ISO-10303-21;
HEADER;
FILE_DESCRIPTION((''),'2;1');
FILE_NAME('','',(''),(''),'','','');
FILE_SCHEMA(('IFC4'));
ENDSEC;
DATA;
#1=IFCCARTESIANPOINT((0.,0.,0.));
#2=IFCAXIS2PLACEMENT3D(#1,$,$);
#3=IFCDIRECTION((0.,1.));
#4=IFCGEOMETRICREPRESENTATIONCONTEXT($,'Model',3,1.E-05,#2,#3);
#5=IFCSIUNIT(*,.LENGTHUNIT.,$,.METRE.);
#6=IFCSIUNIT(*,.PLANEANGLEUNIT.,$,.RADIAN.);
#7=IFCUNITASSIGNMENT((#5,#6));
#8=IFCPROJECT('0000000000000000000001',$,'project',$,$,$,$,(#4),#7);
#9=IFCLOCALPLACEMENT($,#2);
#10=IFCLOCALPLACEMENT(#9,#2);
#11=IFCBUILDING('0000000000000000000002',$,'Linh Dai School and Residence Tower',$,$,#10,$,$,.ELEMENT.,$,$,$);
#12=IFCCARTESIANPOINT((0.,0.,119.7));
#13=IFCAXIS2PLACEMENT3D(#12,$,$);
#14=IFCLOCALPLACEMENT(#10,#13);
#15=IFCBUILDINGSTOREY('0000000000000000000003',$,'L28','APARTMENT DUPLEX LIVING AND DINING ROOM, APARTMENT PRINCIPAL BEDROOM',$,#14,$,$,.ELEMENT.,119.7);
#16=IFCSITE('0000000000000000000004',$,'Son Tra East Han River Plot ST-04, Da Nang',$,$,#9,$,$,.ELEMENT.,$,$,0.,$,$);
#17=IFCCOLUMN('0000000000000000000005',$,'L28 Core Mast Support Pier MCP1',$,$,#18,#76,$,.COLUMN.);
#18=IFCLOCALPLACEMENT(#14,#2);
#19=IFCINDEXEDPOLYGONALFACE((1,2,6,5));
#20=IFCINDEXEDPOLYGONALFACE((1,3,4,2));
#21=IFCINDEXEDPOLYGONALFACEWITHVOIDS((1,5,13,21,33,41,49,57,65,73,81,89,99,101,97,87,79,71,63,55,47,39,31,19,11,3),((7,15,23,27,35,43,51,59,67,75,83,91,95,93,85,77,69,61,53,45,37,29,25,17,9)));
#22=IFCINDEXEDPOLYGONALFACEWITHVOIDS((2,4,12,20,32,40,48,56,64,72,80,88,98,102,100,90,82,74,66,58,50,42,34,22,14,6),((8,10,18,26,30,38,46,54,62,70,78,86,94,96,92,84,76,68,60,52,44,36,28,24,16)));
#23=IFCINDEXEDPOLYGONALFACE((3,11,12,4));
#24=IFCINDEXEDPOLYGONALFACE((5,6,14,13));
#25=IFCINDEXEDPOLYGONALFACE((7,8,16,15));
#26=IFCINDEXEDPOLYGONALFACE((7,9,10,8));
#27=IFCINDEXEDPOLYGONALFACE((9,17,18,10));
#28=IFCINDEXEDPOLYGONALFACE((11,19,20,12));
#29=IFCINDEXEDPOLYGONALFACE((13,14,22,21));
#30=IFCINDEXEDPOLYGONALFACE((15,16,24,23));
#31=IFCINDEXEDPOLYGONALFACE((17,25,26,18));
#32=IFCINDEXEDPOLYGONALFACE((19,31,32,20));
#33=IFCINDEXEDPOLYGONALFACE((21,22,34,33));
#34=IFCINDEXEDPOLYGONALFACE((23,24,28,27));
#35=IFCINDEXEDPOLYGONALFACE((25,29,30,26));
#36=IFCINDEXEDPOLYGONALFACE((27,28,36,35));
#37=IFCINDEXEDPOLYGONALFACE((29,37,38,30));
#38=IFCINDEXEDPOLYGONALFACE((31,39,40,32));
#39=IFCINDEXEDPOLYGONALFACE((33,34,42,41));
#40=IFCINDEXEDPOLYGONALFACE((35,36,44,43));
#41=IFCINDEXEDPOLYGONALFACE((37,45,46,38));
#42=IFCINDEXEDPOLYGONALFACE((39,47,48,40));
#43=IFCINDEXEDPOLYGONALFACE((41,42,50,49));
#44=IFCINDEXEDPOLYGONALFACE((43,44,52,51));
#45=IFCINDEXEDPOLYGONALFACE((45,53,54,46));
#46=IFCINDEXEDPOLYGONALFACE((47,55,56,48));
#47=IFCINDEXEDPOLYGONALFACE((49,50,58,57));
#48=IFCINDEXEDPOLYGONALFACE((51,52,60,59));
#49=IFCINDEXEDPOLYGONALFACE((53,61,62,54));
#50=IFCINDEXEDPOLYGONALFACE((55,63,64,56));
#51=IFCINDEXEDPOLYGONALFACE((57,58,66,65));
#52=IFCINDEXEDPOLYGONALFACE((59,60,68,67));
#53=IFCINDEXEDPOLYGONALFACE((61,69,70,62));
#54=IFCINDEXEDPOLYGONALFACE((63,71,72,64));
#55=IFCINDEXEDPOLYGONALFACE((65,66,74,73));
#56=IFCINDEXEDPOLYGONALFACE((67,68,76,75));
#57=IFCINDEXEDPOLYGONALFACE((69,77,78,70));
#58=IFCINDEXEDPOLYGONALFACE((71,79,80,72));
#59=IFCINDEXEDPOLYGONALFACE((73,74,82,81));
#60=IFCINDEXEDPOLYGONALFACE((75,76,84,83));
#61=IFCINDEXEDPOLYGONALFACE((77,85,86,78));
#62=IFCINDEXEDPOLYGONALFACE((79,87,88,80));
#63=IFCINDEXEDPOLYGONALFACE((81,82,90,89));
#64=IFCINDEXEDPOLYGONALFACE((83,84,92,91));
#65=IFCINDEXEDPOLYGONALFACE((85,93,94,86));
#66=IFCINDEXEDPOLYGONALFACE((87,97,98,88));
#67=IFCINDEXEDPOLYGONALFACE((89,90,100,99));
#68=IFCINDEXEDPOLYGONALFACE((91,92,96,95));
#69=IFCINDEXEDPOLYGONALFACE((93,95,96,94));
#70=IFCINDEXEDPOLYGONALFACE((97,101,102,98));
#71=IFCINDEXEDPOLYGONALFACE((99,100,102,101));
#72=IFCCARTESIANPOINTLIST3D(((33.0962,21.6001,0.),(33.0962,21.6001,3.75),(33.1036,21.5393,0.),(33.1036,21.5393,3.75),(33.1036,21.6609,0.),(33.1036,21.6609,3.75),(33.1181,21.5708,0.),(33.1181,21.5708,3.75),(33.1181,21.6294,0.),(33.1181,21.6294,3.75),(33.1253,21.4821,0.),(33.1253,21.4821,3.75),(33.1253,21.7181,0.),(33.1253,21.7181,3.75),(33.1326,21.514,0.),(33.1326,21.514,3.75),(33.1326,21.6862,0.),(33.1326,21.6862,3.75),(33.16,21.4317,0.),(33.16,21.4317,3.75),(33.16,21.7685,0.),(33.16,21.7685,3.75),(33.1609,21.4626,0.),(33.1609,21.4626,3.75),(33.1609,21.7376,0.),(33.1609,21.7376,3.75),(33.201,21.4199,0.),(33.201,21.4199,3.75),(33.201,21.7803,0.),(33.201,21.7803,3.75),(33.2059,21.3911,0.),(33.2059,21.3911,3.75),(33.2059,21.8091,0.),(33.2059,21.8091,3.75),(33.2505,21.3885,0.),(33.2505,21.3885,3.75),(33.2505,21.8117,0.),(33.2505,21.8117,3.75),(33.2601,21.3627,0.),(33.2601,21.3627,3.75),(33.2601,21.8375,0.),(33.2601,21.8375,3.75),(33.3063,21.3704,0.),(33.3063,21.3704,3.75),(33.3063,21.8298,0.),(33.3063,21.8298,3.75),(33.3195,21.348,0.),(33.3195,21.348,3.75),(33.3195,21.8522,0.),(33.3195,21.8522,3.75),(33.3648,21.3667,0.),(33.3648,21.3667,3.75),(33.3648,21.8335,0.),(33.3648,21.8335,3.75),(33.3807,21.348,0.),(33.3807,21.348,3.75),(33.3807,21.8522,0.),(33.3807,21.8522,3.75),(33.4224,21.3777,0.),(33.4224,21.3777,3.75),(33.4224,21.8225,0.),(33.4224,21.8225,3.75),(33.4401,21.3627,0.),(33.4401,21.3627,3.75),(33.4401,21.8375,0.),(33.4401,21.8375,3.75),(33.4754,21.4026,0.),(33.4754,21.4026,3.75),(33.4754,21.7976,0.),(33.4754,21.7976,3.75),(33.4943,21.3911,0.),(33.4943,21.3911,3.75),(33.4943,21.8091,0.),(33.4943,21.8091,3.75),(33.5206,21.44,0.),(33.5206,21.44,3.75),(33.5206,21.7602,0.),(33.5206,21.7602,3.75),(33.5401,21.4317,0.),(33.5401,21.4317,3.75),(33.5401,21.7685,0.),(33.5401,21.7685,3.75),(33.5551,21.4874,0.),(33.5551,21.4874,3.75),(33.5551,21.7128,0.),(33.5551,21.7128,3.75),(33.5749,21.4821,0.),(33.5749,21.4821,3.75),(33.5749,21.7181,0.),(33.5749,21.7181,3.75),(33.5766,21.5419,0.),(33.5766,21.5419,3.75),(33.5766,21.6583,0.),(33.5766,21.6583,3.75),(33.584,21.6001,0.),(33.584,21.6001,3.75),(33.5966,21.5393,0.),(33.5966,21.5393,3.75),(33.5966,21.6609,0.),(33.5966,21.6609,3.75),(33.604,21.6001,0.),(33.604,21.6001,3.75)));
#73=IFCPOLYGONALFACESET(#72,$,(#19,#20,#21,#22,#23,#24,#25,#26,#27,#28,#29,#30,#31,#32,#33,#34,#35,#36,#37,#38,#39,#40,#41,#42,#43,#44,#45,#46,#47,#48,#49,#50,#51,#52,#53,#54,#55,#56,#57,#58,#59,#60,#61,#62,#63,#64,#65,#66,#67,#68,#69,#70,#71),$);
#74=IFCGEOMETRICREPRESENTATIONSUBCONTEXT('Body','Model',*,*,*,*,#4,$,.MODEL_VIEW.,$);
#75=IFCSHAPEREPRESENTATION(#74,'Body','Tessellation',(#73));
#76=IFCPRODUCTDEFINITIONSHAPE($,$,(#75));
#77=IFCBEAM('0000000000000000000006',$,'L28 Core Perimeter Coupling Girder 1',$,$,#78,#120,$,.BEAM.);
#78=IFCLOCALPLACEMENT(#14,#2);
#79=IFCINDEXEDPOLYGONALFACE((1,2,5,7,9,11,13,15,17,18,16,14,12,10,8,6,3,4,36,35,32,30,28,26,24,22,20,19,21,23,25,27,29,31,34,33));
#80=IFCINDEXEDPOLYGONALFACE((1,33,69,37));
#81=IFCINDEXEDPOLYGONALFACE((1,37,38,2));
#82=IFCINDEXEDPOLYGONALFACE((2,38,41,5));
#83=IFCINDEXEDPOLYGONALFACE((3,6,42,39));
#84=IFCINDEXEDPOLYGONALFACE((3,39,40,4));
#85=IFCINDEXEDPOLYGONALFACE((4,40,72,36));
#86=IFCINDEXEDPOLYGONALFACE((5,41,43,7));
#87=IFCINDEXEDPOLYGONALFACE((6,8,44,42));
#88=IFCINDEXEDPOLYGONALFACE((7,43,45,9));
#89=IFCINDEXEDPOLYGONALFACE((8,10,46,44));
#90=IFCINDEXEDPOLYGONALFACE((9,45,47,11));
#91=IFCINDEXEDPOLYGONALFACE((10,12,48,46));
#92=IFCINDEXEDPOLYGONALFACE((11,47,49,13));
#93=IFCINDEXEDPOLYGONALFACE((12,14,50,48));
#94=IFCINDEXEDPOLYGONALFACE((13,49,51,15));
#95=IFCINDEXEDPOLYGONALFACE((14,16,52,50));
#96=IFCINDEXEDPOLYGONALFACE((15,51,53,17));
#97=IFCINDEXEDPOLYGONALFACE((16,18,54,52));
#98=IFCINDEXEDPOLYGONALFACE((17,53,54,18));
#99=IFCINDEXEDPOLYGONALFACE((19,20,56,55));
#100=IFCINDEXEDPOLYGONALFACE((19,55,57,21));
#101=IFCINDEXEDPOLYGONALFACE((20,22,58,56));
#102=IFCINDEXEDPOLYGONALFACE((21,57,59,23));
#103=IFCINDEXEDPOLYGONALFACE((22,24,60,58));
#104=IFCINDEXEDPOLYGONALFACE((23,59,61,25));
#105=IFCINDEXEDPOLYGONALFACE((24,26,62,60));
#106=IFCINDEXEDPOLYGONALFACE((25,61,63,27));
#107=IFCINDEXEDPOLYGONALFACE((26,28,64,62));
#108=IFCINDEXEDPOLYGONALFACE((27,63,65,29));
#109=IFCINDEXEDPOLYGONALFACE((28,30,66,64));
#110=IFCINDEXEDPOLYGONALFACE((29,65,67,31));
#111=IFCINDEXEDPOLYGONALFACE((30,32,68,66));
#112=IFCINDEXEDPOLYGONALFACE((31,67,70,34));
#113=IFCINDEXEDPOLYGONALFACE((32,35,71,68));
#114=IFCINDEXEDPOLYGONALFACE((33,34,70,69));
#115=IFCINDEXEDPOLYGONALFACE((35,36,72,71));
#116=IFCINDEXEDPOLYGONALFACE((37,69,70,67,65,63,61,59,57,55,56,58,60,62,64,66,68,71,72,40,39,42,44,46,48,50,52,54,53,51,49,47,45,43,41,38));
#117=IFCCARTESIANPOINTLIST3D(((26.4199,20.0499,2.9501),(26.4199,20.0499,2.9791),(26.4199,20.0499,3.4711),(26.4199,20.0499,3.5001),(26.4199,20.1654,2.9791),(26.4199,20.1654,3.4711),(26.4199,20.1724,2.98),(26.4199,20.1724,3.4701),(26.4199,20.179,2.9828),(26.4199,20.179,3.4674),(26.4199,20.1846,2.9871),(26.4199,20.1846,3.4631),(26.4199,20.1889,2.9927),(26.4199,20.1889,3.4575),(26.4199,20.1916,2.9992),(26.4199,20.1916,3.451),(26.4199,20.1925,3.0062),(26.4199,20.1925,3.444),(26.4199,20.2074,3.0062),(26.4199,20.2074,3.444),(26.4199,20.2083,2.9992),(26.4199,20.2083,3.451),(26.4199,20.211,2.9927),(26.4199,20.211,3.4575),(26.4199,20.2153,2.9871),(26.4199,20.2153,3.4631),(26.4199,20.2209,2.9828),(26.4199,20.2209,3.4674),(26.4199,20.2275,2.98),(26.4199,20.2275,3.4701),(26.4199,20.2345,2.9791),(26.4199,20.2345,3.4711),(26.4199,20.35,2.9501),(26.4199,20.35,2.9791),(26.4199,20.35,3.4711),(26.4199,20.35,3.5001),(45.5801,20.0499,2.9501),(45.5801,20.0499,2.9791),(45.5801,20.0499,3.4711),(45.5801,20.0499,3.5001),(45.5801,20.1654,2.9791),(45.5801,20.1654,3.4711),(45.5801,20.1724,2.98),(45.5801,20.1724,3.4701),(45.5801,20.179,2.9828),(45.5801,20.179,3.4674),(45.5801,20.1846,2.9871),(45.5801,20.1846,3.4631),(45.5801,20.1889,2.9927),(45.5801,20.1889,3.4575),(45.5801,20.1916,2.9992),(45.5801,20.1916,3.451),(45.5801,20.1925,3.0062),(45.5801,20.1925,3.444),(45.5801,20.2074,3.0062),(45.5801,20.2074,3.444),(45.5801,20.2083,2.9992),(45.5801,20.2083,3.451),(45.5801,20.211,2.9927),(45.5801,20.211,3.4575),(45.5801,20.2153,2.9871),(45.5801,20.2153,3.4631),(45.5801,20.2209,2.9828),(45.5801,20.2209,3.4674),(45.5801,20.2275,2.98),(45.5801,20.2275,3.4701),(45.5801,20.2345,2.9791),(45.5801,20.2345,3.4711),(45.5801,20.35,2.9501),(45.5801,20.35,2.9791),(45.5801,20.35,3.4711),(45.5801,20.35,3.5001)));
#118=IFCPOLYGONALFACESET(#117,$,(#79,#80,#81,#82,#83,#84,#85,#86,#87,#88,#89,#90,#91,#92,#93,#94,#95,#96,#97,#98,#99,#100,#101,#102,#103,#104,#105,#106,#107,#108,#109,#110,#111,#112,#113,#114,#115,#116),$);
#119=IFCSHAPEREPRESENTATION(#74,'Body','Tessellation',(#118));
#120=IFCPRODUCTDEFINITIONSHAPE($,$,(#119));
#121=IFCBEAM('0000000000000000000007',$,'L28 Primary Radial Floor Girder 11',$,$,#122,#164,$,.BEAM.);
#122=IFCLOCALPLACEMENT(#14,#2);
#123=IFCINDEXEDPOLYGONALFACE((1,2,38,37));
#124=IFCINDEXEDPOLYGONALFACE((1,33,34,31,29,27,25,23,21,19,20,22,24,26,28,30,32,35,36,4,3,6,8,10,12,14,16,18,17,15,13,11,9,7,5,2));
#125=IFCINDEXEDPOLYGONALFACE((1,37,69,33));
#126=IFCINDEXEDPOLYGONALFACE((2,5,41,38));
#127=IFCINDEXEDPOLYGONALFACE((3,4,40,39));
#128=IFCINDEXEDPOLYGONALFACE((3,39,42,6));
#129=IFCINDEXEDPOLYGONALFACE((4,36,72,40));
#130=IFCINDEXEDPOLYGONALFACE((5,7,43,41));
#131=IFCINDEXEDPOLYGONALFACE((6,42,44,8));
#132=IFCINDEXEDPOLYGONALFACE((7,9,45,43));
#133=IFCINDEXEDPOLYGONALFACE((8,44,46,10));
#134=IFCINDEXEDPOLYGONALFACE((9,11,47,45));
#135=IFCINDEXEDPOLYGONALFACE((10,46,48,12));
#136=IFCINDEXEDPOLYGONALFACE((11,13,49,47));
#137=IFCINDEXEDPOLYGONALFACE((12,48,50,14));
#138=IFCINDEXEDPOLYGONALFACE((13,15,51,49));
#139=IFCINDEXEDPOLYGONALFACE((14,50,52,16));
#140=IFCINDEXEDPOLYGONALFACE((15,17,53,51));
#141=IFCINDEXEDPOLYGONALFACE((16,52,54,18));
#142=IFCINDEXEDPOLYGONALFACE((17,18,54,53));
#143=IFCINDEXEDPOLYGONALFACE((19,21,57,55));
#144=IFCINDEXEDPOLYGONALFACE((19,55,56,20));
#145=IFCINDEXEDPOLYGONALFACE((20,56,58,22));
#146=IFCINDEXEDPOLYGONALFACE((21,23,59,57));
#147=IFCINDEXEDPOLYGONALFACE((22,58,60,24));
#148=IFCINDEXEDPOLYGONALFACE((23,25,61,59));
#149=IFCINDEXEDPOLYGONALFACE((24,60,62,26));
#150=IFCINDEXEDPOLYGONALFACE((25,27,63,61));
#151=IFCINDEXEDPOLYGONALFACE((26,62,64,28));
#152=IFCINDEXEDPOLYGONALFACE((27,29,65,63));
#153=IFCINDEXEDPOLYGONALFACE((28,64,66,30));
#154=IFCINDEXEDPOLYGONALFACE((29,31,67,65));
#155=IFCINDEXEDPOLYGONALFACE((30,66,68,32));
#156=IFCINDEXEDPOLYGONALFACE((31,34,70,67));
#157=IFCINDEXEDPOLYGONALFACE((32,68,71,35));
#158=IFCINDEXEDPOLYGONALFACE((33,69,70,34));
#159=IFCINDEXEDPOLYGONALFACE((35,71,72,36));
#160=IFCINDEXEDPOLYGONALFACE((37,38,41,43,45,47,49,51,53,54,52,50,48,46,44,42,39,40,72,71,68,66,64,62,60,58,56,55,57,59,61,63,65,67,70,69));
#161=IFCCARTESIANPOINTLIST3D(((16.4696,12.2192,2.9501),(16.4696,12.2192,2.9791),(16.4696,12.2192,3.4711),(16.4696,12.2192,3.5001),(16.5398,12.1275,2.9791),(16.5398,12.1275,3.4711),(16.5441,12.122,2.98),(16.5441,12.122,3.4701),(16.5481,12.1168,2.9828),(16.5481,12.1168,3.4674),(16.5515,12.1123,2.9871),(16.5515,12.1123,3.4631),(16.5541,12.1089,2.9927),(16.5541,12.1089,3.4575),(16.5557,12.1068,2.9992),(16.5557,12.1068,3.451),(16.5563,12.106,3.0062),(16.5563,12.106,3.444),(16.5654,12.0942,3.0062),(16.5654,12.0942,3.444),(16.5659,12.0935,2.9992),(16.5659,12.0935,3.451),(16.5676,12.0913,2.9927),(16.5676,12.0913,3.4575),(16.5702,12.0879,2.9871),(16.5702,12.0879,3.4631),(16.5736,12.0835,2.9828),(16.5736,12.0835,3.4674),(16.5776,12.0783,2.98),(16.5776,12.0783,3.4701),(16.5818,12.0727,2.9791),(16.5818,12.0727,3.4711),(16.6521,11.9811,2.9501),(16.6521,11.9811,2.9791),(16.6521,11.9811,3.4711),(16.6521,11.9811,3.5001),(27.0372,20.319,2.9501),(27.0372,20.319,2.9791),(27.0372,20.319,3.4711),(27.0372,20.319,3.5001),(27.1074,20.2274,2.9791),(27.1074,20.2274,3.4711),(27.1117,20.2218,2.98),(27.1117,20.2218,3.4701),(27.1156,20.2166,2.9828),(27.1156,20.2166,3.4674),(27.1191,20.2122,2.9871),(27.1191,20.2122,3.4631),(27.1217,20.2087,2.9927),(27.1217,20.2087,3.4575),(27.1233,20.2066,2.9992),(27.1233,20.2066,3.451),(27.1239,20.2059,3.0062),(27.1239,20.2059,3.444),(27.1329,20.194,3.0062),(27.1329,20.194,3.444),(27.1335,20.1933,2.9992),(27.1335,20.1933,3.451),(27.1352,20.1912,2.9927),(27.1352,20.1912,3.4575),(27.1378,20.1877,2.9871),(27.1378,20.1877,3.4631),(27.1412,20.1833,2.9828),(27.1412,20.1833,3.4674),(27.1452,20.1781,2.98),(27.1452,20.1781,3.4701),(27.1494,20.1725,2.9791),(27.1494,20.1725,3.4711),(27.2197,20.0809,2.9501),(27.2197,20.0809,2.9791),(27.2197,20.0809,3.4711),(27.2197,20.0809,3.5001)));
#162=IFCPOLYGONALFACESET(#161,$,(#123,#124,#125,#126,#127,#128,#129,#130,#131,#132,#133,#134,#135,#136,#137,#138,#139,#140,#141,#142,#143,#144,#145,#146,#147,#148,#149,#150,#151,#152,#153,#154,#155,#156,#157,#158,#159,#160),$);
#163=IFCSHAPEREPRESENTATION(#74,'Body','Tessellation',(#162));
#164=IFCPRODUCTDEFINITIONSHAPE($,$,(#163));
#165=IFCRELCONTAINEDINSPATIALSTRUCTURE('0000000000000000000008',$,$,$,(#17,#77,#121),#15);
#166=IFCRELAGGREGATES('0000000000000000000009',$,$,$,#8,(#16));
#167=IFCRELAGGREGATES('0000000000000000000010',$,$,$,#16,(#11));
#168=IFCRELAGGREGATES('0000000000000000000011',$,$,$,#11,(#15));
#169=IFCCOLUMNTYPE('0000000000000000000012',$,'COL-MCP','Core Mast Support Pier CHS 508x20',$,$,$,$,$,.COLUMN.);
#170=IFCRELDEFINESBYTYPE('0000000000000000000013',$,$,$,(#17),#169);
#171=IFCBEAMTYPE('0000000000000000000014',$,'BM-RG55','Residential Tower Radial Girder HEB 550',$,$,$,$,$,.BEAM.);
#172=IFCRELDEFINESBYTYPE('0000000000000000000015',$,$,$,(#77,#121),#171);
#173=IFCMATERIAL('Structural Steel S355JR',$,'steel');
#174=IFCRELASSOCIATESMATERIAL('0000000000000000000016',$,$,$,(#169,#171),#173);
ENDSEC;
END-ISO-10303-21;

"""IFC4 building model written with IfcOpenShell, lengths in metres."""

from ifc_helpers import new_model, si_unit, direction, frame, origin, origin_2d, place, context, subcontext, project, spatial, hollow_circle, i_section, extrude, material, material_profile, profile_set, type_object, element, save


model = new_model("IFC4")

# Units and contexts
model_context = context("Model", 3, precision=1e-05, world=origin(), true_north=direction((0.0, 1.0)))
body_context = subcontext(model_context, "Body", "Model", "MODEL_VIEW")
ifc_project = project(units=[si_unit("LENGTHUNIT", "METRE"), si_unit("PLANEANGLEUNIT", "RADIAN")], contexts=[model_context])

# Site, building, storey
site_placement = place(None, origin())
site = spatial("IfcSite", under=ifc_project, at=site_placement, Name="Son Tra East Han River Plot ST-04, Da Nang", CompositionType="ELEMENT", RefElevation=0.0)
building_placement = place(site_placement, origin())
building = spatial("IfcBuilding", under=site, at=building_placement, Name="Linh Dai School and Residence Tower", CompositionType="ELEMENT")
storey_placement = place(building_placement, frame((0.0, 0.0, 119.7)))
storey = spatial("IfcBuildingStorey", under=building, at=storey_placement, Name="L28", Description="APARTMENT DUPLEX LIVING AND DINING ROOM, APARTMENT PRINCIPAL BEDROOM", CompositionType="ELEMENT", Elevation=119.7)

# Column
ifc_material_1 = material(Name="Structural Steel S355JR", Category="steel")
ifc_material_profile_1 = material_profile(ifc_material_1, hollow_circle(Radius=0.2539, WallThickness=0.02, at=origin_2d()), Name="CHS 508x20")
ifc_profile_set_1 = profile_set([ifc_material_profile_1], Name="Structural Steel S355JR")
column_type = type_object("IfcColumnType", Name="COL-MCP", Description="Core Mast Support Pier CHS 508x20", PredefinedType="COLUMN", material=ifc_profile_set_1)
column_placement = place(storey_placement, frame((33.3501, 21.6001, 0.0), z_axis=(0.0, 0.0, 1.0), x_axis=(1.0, 0.0, 0.0)))
element("IfcColumn", 1, at=column_placement, inside=storey, type_object=column_type, Name="L28 Core Mast Support Pier MCP1", PredefinedType="COLUMN", context=body_context, shape_type="SweptSolid", body=[
    extrude(hollow_circle(Radius=0.2539, WallThickness=0.02, at=origin_2d()), origin(), (0.0, 0.0, 1.0), 3.75),
])

# Beams
ifc_material_profile_2 = material_profile(ifc_material_1, i_section(OverallWidth=0.3, OverallDepth=0.55, WebThickness=0.0149, FlangeThickness=0.0291, FilletRadius=0.0271, at=origin_2d()), Name="HEB 550")
ifc_profile_set_2 = profile_set([ifc_material_profile_2], Name="Structural Steel S355JR")
beam_type_1 = type_object("IfcBeamType", Name="BM-RG55", Description="Residential Tower Radial Girder HEB 550", PredefinedType="BEAM", material=ifc_profile_set_2)
beam_1_placement = place(storey_placement, frame((26.4199, 20.2, 3.2251), z_axis=(1.0, 0.0, 0.0), x_axis=(0.0, 1.0, 0.0)))
element("IfcBeam", 2, at=beam_1_placement, inside=storey, type_object=beam_type_1, Name="L28 Core Perimeter Coupling Girder 1", PredefinedType="BEAM", context=body_context, shape_type="SweptSolid", body=[
    extrude(i_section(OverallWidth=0.3, OverallDepth=0.55, WebThickness=0.0149, FlangeThickness=0.0291, FilletRadius=0.0271, at=origin_2d()), origin(), (0.0, 0.0, 1.0), 19.1602),
])
beam_2_placement = place(storey_placement, frame((27.1284, 20.2, 3.2251), z_axis=(-0.793679, -0.608337, 0.0), x_axis=(0.608337, -0.793679, 0.0)))
element("IfcBeam", 3, at=beam_2_placement, inside=storey, type_object=beam_type_1, Name="L28 Primary Radial Floor Girder 11", PredefinedType="BEAM", context=body_context, shape_type="SweptSolid", body=[
    extrude(i_section(OverallWidth=0.3, OverallDepth=0.55, WebThickness=0.0149, FlangeThickness=0.0291, FilletRadius=0.0271, at=origin_2d()), origin(), (0.0, 0.0, 1.0), 13.3147),
])

save(model, "model.ifc")
